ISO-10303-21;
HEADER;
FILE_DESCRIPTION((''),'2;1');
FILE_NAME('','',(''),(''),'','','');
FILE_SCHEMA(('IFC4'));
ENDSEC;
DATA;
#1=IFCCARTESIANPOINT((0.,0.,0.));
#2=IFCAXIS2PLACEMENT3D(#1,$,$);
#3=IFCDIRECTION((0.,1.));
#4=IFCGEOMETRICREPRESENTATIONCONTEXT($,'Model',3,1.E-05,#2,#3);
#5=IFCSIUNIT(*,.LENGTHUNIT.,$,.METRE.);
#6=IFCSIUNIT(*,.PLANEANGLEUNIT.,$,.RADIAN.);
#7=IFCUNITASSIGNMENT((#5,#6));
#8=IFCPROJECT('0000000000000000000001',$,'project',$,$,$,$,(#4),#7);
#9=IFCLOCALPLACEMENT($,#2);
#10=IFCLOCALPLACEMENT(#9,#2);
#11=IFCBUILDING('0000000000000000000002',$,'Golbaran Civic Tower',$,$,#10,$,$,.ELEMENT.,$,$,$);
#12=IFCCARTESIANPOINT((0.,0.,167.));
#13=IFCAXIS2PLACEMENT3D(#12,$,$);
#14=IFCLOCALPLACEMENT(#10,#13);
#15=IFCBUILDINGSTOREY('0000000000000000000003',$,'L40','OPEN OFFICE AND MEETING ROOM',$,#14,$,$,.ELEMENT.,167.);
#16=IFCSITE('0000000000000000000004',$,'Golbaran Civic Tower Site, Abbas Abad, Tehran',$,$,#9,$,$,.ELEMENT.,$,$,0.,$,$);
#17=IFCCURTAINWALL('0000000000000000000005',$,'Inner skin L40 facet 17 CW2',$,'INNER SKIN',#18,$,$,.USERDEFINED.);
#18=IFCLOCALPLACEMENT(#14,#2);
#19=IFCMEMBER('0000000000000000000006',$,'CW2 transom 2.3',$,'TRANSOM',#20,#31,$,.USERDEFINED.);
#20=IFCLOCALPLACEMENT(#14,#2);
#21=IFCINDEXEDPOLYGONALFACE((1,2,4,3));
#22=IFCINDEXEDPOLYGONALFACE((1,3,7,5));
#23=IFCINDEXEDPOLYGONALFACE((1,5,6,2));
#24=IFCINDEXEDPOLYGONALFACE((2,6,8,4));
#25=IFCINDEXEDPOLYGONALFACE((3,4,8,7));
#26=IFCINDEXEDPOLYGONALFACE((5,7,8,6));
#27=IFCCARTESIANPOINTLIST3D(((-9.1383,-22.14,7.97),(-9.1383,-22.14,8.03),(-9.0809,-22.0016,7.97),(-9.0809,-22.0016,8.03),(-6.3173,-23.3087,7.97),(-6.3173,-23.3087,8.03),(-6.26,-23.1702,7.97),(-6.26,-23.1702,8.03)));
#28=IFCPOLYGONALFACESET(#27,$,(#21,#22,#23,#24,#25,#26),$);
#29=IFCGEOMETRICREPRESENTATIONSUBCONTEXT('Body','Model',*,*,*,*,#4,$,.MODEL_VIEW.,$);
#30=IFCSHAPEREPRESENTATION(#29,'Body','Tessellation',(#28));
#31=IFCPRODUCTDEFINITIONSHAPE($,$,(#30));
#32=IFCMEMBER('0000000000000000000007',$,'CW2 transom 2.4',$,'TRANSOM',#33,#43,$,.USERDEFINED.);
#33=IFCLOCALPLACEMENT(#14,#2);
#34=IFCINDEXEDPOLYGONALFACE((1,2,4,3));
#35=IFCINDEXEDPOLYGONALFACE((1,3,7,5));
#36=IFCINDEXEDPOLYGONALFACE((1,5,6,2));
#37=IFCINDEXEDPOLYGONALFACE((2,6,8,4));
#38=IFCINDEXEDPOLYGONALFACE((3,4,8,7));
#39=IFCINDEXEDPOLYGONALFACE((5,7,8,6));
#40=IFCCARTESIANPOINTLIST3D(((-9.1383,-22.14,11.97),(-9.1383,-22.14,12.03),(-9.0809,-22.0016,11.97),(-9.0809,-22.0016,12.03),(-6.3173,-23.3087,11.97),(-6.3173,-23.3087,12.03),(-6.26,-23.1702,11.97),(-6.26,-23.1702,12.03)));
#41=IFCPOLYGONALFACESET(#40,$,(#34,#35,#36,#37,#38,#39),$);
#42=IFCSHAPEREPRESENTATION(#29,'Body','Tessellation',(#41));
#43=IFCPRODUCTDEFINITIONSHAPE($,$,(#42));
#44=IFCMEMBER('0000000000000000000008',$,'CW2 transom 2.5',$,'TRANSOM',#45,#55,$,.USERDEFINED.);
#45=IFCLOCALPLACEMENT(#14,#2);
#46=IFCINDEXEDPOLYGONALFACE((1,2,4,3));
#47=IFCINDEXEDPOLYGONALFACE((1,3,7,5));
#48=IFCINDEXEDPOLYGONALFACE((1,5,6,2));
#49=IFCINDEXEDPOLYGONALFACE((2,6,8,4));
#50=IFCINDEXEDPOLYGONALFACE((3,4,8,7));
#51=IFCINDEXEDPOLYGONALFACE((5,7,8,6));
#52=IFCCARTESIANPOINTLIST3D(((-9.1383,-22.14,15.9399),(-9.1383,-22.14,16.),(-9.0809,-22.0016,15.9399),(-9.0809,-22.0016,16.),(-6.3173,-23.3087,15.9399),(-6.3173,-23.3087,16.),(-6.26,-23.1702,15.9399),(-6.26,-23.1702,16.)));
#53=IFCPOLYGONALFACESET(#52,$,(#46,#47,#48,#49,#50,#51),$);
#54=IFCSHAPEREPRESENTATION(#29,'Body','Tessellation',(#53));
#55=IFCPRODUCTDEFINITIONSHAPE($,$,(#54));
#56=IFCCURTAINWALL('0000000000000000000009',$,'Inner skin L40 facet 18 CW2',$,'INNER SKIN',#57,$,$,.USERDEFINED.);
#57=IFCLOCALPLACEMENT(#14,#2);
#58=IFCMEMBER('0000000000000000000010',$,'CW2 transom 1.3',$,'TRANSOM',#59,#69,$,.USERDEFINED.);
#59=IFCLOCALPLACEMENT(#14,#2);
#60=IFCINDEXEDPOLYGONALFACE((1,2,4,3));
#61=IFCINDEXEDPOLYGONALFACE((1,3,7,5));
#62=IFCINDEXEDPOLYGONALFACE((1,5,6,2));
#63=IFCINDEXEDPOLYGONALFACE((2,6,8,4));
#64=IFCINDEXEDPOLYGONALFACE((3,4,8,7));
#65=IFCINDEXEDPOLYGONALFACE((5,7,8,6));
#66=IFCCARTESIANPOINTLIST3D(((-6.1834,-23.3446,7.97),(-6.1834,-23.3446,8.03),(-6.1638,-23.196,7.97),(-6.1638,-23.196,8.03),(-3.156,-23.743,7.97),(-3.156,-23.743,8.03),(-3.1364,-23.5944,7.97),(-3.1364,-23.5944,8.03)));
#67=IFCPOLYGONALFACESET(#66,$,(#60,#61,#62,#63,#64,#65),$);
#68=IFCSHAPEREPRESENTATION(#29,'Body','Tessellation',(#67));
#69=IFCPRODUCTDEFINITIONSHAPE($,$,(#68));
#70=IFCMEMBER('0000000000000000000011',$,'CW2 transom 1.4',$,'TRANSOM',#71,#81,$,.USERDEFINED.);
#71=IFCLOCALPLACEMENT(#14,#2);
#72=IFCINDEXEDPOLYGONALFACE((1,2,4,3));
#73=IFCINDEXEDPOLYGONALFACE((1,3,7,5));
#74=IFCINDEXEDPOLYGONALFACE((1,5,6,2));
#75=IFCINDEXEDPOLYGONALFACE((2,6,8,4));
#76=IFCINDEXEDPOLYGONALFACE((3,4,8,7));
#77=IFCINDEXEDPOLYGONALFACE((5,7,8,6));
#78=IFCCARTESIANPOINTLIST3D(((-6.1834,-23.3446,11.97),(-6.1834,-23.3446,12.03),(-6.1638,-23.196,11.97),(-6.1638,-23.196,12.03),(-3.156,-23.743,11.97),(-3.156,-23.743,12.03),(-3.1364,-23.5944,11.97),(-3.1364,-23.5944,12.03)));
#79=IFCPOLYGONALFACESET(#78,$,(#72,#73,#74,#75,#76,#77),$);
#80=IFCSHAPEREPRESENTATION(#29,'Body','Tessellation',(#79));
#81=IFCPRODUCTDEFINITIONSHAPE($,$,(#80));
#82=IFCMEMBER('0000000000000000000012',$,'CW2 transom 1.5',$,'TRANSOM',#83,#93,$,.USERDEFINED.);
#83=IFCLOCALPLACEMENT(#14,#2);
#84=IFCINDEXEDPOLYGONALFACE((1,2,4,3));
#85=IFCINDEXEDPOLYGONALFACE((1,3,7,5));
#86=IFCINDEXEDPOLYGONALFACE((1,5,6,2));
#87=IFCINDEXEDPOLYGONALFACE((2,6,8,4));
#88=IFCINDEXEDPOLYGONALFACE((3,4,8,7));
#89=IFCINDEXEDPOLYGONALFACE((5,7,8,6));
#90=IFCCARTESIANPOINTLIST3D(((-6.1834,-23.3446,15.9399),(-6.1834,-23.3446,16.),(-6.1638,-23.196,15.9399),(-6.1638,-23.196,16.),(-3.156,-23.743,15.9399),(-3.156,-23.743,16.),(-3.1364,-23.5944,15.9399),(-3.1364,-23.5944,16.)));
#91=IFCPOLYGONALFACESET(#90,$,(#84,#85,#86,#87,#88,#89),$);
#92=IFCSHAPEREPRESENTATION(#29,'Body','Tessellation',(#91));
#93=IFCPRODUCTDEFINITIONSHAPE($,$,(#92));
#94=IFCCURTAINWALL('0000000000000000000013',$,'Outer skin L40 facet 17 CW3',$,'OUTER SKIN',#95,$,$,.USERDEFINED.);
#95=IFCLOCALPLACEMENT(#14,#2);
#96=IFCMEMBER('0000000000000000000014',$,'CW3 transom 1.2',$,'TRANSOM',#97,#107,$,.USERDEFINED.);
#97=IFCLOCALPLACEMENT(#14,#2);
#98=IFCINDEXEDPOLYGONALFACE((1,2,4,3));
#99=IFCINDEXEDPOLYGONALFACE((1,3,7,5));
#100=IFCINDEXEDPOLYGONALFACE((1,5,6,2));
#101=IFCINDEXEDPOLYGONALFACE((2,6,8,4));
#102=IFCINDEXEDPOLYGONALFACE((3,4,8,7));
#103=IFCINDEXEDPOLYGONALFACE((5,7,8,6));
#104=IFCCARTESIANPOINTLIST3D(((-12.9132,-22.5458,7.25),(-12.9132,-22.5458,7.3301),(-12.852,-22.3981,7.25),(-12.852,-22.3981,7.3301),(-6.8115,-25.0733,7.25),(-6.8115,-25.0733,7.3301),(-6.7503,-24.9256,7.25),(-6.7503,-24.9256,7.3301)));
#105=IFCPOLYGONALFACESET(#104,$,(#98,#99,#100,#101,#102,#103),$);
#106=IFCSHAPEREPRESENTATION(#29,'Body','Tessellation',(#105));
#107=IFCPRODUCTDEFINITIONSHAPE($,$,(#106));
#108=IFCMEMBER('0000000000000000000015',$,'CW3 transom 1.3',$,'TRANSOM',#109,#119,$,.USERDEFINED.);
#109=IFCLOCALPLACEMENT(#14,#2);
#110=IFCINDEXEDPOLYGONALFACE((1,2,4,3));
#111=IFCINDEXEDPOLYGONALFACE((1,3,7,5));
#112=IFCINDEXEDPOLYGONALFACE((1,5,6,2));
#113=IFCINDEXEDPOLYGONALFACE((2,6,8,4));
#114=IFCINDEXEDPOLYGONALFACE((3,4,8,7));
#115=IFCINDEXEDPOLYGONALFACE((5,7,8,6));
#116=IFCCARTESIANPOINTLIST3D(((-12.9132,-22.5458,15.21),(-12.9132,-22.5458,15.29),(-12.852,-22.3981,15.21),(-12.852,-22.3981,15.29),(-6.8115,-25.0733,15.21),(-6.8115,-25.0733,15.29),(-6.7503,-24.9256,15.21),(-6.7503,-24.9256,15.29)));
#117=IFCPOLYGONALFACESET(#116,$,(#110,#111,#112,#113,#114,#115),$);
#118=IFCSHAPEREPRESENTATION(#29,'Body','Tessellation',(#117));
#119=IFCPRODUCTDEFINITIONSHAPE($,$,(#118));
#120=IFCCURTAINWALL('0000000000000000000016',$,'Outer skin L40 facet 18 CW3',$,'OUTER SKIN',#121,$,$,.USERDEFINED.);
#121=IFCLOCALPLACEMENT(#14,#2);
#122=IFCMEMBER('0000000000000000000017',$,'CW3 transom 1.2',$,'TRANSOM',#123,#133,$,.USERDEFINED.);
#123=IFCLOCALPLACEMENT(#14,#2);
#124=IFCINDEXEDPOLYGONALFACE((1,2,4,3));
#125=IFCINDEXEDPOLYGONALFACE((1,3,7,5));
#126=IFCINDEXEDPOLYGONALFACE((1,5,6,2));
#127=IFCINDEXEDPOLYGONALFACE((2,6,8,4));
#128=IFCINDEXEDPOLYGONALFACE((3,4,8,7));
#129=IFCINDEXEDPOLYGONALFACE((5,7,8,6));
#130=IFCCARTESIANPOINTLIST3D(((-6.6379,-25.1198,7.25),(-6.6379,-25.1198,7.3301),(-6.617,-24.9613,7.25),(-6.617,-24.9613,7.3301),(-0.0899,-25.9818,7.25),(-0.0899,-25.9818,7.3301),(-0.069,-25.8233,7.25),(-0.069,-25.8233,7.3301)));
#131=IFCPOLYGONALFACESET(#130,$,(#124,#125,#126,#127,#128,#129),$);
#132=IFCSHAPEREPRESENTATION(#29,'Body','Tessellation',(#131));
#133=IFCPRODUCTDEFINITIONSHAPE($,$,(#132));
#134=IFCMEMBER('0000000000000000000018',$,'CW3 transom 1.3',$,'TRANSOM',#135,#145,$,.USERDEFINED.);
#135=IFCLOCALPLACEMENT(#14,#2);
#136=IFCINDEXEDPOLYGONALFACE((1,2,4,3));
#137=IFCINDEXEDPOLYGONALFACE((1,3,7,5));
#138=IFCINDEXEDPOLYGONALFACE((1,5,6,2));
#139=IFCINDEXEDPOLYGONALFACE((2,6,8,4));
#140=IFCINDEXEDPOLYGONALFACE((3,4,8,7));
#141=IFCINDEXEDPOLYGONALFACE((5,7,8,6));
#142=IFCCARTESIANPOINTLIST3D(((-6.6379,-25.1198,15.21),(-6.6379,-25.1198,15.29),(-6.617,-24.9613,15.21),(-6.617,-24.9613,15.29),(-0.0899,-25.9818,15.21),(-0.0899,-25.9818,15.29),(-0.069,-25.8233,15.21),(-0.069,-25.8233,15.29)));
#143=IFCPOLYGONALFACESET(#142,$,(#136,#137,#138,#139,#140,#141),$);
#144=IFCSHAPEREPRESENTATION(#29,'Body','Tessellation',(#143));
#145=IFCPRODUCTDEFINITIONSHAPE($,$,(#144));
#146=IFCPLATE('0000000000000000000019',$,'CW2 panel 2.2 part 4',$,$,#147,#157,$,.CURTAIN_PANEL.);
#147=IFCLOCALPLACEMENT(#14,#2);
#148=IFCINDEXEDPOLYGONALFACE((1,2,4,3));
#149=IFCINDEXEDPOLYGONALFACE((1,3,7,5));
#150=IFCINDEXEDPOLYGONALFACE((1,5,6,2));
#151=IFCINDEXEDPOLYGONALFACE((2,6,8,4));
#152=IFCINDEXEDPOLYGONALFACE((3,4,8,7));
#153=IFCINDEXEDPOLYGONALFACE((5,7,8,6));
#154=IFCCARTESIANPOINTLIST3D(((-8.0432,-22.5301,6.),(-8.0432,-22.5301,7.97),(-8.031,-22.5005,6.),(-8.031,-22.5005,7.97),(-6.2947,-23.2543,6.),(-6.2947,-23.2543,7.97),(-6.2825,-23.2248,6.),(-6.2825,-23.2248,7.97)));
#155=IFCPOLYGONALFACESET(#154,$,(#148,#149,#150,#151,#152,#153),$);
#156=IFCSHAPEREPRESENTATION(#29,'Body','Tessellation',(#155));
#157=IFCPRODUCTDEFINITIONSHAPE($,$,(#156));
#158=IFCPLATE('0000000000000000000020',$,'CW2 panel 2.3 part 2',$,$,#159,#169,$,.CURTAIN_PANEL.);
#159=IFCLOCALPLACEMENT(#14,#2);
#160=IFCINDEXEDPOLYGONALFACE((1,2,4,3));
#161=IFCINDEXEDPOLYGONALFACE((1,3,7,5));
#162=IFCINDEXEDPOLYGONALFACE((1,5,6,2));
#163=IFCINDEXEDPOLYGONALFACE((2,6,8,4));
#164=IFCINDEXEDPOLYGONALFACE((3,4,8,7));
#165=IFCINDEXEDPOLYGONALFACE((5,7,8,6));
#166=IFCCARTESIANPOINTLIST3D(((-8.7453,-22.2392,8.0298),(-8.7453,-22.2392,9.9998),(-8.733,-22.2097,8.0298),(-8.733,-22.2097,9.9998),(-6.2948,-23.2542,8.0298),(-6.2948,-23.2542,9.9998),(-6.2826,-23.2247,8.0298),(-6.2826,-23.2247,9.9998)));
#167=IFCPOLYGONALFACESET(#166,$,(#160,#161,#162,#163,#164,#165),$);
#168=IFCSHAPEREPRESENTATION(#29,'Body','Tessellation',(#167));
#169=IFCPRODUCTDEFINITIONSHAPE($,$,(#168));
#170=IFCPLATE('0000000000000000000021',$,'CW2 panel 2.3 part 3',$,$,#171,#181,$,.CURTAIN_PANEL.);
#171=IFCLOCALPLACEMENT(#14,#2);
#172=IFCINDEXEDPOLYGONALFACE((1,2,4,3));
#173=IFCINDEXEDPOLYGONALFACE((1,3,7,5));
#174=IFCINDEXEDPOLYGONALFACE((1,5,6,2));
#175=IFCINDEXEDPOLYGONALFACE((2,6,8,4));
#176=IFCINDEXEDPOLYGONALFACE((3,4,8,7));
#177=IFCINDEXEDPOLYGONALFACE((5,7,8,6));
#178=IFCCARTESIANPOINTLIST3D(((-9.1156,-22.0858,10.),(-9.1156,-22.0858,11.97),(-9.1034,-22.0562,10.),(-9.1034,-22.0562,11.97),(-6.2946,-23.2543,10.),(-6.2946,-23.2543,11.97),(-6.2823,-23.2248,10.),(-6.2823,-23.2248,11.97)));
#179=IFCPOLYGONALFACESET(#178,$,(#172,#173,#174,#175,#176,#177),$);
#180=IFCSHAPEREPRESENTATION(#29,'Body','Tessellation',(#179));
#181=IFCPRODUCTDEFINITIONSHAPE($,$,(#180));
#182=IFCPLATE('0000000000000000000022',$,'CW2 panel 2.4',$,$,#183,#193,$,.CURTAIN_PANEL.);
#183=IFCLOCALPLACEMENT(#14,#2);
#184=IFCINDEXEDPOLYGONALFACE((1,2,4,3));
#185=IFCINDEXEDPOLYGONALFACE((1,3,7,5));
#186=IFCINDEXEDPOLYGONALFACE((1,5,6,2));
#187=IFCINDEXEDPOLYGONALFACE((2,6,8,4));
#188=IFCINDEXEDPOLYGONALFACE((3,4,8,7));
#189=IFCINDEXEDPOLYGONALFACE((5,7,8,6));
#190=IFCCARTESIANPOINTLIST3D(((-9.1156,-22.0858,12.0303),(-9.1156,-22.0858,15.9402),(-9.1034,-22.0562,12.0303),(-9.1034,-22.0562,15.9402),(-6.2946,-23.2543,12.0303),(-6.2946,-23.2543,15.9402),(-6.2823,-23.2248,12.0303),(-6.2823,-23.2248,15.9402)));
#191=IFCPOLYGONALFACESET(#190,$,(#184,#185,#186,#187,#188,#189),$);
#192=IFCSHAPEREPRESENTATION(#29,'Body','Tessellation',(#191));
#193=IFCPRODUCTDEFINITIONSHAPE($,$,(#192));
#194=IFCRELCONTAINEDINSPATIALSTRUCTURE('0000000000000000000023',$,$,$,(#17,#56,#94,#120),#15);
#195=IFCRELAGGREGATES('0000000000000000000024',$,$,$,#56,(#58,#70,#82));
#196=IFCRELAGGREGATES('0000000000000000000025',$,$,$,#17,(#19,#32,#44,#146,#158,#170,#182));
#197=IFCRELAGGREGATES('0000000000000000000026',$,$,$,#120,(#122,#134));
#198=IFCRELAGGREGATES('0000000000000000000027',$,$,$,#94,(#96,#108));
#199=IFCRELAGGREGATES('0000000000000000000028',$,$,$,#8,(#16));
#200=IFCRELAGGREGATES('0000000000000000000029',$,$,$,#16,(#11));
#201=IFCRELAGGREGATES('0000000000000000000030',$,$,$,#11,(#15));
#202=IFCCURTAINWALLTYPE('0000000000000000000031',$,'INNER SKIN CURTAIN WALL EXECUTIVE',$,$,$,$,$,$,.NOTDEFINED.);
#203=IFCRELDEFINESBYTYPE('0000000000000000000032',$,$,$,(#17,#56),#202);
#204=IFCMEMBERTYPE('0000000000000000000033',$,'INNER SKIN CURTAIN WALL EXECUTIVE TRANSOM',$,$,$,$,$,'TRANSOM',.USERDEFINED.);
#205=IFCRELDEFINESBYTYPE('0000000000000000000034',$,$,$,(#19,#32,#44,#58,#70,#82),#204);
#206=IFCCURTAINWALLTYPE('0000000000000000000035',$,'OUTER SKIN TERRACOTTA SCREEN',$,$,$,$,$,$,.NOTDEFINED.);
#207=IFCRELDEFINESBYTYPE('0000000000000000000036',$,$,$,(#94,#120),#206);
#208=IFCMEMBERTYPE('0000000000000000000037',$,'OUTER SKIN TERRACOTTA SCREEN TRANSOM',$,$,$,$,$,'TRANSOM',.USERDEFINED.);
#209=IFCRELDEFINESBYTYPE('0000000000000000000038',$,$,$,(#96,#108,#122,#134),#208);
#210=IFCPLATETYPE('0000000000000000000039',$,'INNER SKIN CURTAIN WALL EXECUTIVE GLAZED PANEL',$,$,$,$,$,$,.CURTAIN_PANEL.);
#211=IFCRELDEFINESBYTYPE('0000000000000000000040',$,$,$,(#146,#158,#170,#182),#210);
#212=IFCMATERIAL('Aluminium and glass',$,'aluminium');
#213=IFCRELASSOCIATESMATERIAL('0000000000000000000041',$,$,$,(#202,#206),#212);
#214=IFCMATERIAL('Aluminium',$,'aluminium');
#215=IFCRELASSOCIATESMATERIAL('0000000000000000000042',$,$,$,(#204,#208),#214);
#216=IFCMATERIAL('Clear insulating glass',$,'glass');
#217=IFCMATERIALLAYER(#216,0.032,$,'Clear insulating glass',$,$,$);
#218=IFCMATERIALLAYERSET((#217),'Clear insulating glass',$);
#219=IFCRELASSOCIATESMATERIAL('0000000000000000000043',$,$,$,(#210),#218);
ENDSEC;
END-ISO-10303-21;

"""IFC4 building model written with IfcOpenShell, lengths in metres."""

from ifc_helpers import new_model, si_unit, direction, frame, origin, origin_2d, place, context, subcontext, project, spatial, rectangle, extrude, material, layer, layer_set, material_profile, profile_set, type_object, element, aggregate, save


model = new_model("IFC4")

# Units and contexts
model_context = context("Model", 3, precision=1e-05, world=origin(), true_north=direction((0.0, 1.0)))
body_context = subcontext(model_context, "Body", "Model", "MODEL_VIEW")
ifc_project = project(units=[si_unit("LENGTHUNIT", "METRE"), si_unit("PLANEANGLEUNIT", "RADIAN")], contexts=[model_context])

# Site, building, storey
site_placement = place(None, origin())
site = spatial("IfcSite", under=ifc_project, at=site_placement, Name="Golbaran Civic Tower Site, Abbas Abad, Tehran", CompositionType="ELEMENT", RefElevation=0.0)
building_placement = place(site_placement, origin())
building = spatial("IfcBuilding", under=site, at=building_placement, Name="Golbaran Civic Tower", CompositionType="ELEMENT")
storey_placement = place(building_placement, frame((0.0, 0.0, 167.0)))
storey = spatial("IfcBuildingStorey", under=building, at=storey_placement, Name="L40", Description="OPEN OFFICE AND MEETING ROOM", CompositionType="ELEMENT", Elevation=167.0)

# Curtain walls, members
ifc_material_1 = material(Name="Aluminium and glass", Category="aluminium")
curtain_wall_type_1 = type_object("IfcCurtainWallType", Name="INNER SKIN CURTAIN WALL EXECUTIVE", PredefinedType="NOTDEFINED", material=ifc_material_1)
curtain_wall_1_placement = place(storey_placement, origin())
curtain_wall_1 = element("IfcCurtainWall", 1, at=curtain_wall_1_placement, inside=storey, type_object=curtain_wall_type_1, Name="Inner skin L40 facet 17 CW2", ObjectType="INNER SKIN", PredefinedType="USERDEFINED")
ifc_material_2 = material(Name="Aluminium", Category="aluminium")
ifc_material_profile_1 = material_profile(ifc_material_2, rectangle(XDim=0.1499, YDim=0.0601, at=origin_2d()), Name="INNER SKIN CURTAIN WALL EXECUTIVE TRANSOM")
ifc_profile_set_1 = profile_set([ifc_material_profile_1], Name="Aluminium")
member_type_1 = type_object("IfcMemberType", Name="INNER SKIN CURTAIN WALL EXECUTIVE TRANSOM", ElementType="TRANSOM", PredefinedType="USERDEFINED", material=ifc_profile_set_1)
member_1_placement = place(storey_placement, frame((-9.1096, -22.0708, 8.0), z_axis=(0.923858, -0.382735, 0.0), x_axis=(0.382735, 0.923858, 0.0)))
member_1 = element("IfcMember", 2, at=member_1_placement, type_object=member_type_1, Name="CW2 transom 2.3", ObjectType="TRANSOM", PredefinedType="USERDEFINED", context=body_context, shape_type="SweptSolid", body=[
    extrude(rectangle(XDim=0.1499, YDim=0.0601, at=origin_2d()), origin(), (0.0, 0.0, 1.0), 3.0535),
])
member_2_placement = place(storey_placement, frame((-9.1096, -22.0708, 12.0), z_axis=(0.923858, -0.382735, 0.0), x_axis=(0.382735, 0.923858, 0.0)))
member_2 = element("IfcMember", 3, at=member_2_placement, type_object=member_type_1, Name="CW2 transom 2.4", ObjectType="TRANSOM", PredefinedType="USERDEFINED", context=body_context, shape_type="SweptSolid", body=[
    extrude(rectangle(XDim=0.1499, YDim=0.0601, at=origin_2d()), origin(), (0.0, 0.0, 1.0), 3.0535),
])
member_3_placement = place(storey_placement, frame((-9.1096, -22.0708, 15.97), z_axis=(0.923858, -0.382735, 0.0), x_axis=(0.382735, 0.923858, 0.0)))
member_3 = element("IfcMember", 4, at=member_3_placement, type_object=member_type_1, Name="CW2 transom 2.5", ObjectType="TRANSOM", PredefinedType="USERDEFINED", context=body_context, shape_type="SweptSolid", body=[
    extrude(rectangle(XDim=0.1499, YDim=0.0601, at=origin_2d()), origin(), (0.0, 0.0, 1.0), 3.0535),
])
curtain_wall_2_placement = place(storey_placement, origin())
curtain_wall_2 = element("IfcCurtainWall", 5, at=curtain_wall_2_placement, inside=storey, type_object=curtain_wall_type_1, Name="Inner skin L40 facet 18 CW2", ObjectType="INNER SKIN", PredefinedType="USERDEFINED")
member_4_placement = place(storey_placement, frame((-6.1736, -23.2703, 8.0), z_axis=(0.99145, -0.130488, 0.0), x_axis=(0.130488, 0.99145, 0.0)))
member_4 = element("IfcMember", 6, at=member_4_placement, type_object=member_type_1, Name="CW2 transom 1.3", ObjectType="TRANSOM", PredefinedType="USERDEFINED", context=body_context, shape_type="SweptSolid", body=[
    extrude(rectangle(XDim=0.1499, YDim=0.0601, at=origin_2d()), origin(), (0.0, 0.0, 1.0), 3.0535),
])
member_5_placement = place(storey_placement, frame((-6.1736, -23.2703, 12.0), z_axis=(0.99145, -0.130488, 0.0), x_axis=(0.130488, 0.99145, 0.0)))
member_5 = element("IfcMember", 7, at=member_5_placement, type_object=member_type_1, Name="CW2 transom 1.4", ObjectType="TRANSOM", PredefinedType="USERDEFINED", context=body_context, shape_type="SweptSolid", body=[
    extrude(rectangle(XDim=0.1499, YDim=0.0601, at=origin_2d()), origin(), (0.0, 0.0, 1.0), 3.0535),
])
member_6_placement = place(storey_placement, frame((-6.1736, -23.2703, 15.97), z_axis=(0.99145, -0.130488, 0.0), x_axis=(0.130488, 0.99145, 0.0)))
member_6 = element("IfcMember", 8, at=member_6_placement, type_object=member_type_1, Name="CW2 transom 1.5", ObjectType="TRANSOM", PredefinedType="USERDEFINED", context=body_context, shape_type="SweptSolid", body=[
    extrude(rectangle(XDim=0.1499, YDim=0.0601, at=origin_2d()), origin(), (0.0, 0.0, 1.0), 3.0535),
])
curtain_wall_type_2 = type_object("IfcCurtainWallType", Name="OUTER SKIN TERRACOTTA SCREEN", PredefinedType="NOTDEFINED", material=ifc_material_1)
curtain_wall_3_placement = place(storey_placement, origin())
curtain_wall_3 = element("IfcCurtainWall", 9, at=curtain_wall_3_placement, inside=storey, type_object=curtain_wall_type_2, Name="Outer skin L40 facet 17 CW3", ObjectType="OUTER SKIN", PredefinedType="USERDEFINED")
ifc_material_profile_2 = material_profile(ifc_material_2, rectangle(XDim=0.1599, YDim=0.0801, at=origin_2d()), Name="OUTER SKIN TERRACOTTA SCREEN TRANSOM")
ifc_profile_set_2 = profile_set([ifc_material_profile_2], Name="Aluminium")
member_type_2 = type_object("IfcMemberType", Name="OUTER SKIN TERRACOTTA SCREEN TRANSOM", ElementType="TRANSOM", PredefinedType="USERDEFINED", material=ifc_profile_set_2)
member_7_placement = place(storey_placement, frame((-12.8826, -22.4719, 7.29), z_axis=(0.923872, -0.382701, 0.0), x_axis=(0.382701, 0.923872, 0.0)))
member_7 = element("IfcMember", 10, at=member_7_placement, type_object=member_type_2, Name="CW3 transom 1.2", ObjectType="TRANSOM", PredefinedType="USERDEFINED", context=body_context, shape_type="SweptSolid", body=[
    extrude(rectangle(XDim=0.1599, YDim=0.0801, at=origin_2d()), origin(), (0.0, 0.0, 1.0), 6.6045),
])
member_8_placement = place(storey_placement, frame((-12.8826, -22.4719, 15.25), z_axis=(0.923872, -0.382701, 0.0), x_axis=(0.382701, 0.923872, 0.0)))
member_8 = element("IfcMember", 11, at=member_8_placement, type_object=member_type_2, Name="CW3 transom 1.3", ObjectType="TRANSOM", PredefinedType="USERDEFINED", context=body_context, shape_type="SweptSolid", body=[
    extrude(rectangle(XDim=0.1599, YDim=0.0801, at=origin_2d()), origin(), (0.0, 0.0, 1.0), 6.6045),
])
curtain_wall_4_placement = place(storey_placement, origin())
curtain_wall_4 = element("IfcCurtainWall", 12, at=curtain_wall_4_placement, inside=storey, type_object=curtain_wall_type_2, Name="Outer skin L40 facet 18 CW3", ObjectType="OUTER SKIN", PredefinedType="USERDEFINED")
member_9_placement = place(storey_placement, frame((-6.6274, -25.0405, 7.29), z_axis=(0.991445, -0.130524, 0.0), x_axis=(0.130524, 0.991445, 0.0)))
member_9 = element("IfcMember", 13, at=member_9_placement, type_object=member_type_2, Name="CW3 transom 1.2", ObjectType="TRANSOM", PredefinedType="USERDEFINED", context=body_context, shape_type="SweptSolid", body=[
    extrude(rectangle(XDim=0.1599, YDim=0.0801, at=origin_2d()), origin(), (0.0, 0.0, 1.0), 6.6045),
])
member_10_placement = place(storey_placement, frame((-6.6274, -25.0405, 15.25), z_axis=(0.991445, -0.130524, 0.0), x_axis=(0.130524, 0.991445, 0.0)))
member_10 = element("IfcMember", 14, at=member_10_placement, type_object=member_type_2, Name="CW3 transom 1.3", ObjectType="TRANSOM", PredefinedType="USERDEFINED", context=body_context, shape_type="SweptSolid", body=[
    extrude(rectangle(XDim=0.1599, YDim=0.0801, at=origin_2d()), origin(), (0.0, 0.0, 1.0), 6.6045),
])

# Plates
ifc_material_3 = material(Name="Clear insulating glass", Category="glass")
ifc_layer_1 = layer(ifc_material_3, 0.032, Name="Clear insulating glass")
ifc_layer_set_1 = layer_set([ifc_layer_1], Name="Clear insulating glass")
plate_type_1 = type_object("IfcPlateType", Name="INNER SKIN CURTAIN WALL EXECUTIVE GLAZED PANEL", PredefinedType="CURTAIN_PANEL", material=ifc_layer_set_1)
plate_1_placement = place(storey_placement, frame((-7.1628, -22.8774, 6.0), z_axis=(0.0, 0.0, 1.0), x_axis=(0.92388, -0.382683, 0.0)))
plate_1 = element("IfcPlate", 15, at=plate_1_placement, type_object=plate_type_1, Name="CW2 panel 2.2 part 4", PredefinedType="CURTAIN_PANEL", context=body_context, shape_type="SweptSolid", body=[
    extrude(rectangle(XDim=1.8926, YDim=0.032, at=origin_2d()), origin(), (0.0, 0.0, 1.0), 1.97),
])
plate_2_placement = place(storey_placement, frame((-7.5139, -22.7319, 8.0298), z_axis=(0.0, 0.0, 1.0), x_axis=(0.92388, -0.382683, 0.0)))
plate_2 = element("IfcPlate", 16, at=plate_2_placement, type_object=plate_type_1, Name="CW2 panel 2.3 part 2", PredefinedType="CURTAIN_PANEL", context=body_context, shape_type="SweptSolid", body=[
    extrude(rectangle(XDim=2.6523, YDim=0.032, at=origin_2d()), origin(), (0.0, 0.0, 1.0), 1.97),
])
plate_3_placement = place(storey_placement, frame((-7.699, -22.6553, 10.0), z_axis=(0.0, 0.0, 1.0), x_axis=(0.92388, -0.382683, 0.0)))
plate_3 = element("IfcPlate", 17, at=plate_3_placement, type_object=plate_type_1, Name="CW2 panel 2.3 part 3", PredefinedType="CURTAIN_PANEL", context=body_context, shape_type="SweptSolid", body=[
    extrude(rectangle(XDim=3.0535, YDim=0.032, at=origin_2d()), origin(), (0.0, 0.0, 1.0), 1.97),
])
plate_4_placement = place(storey_placement, frame((-7.699, -22.6553, 12.0303), z_axis=(0.0, 0.0, 1.0), x_axis=(0.92388, -0.382683, 0.0)))
plate_4 = element("IfcPlate", 18, at=plate_4_placement, type_object=plate_type_1, Name="CW2 panel 2.4", PredefinedType="CURTAIN_PANEL", context=body_context, shape_type="SweptSolid", body=[
    extrude(rectangle(XDim=3.0535, YDim=0.032, at=origin_2d()), origin(), (0.0, 0.0, 1.0), 3.9099),
])
aggregate(curtain_wall_2, [member_4, member_5, member_6])
aggregate(curtain_wall_1, [member_1, member_2, member_3, plate_1, plate_2, plate_3, plate_4])

aggregate(curtain_wall_4, [member_9, member_10])
aggregate(curtain_wall_3, [member_7, member_8])

save(model, "model.ifc")
